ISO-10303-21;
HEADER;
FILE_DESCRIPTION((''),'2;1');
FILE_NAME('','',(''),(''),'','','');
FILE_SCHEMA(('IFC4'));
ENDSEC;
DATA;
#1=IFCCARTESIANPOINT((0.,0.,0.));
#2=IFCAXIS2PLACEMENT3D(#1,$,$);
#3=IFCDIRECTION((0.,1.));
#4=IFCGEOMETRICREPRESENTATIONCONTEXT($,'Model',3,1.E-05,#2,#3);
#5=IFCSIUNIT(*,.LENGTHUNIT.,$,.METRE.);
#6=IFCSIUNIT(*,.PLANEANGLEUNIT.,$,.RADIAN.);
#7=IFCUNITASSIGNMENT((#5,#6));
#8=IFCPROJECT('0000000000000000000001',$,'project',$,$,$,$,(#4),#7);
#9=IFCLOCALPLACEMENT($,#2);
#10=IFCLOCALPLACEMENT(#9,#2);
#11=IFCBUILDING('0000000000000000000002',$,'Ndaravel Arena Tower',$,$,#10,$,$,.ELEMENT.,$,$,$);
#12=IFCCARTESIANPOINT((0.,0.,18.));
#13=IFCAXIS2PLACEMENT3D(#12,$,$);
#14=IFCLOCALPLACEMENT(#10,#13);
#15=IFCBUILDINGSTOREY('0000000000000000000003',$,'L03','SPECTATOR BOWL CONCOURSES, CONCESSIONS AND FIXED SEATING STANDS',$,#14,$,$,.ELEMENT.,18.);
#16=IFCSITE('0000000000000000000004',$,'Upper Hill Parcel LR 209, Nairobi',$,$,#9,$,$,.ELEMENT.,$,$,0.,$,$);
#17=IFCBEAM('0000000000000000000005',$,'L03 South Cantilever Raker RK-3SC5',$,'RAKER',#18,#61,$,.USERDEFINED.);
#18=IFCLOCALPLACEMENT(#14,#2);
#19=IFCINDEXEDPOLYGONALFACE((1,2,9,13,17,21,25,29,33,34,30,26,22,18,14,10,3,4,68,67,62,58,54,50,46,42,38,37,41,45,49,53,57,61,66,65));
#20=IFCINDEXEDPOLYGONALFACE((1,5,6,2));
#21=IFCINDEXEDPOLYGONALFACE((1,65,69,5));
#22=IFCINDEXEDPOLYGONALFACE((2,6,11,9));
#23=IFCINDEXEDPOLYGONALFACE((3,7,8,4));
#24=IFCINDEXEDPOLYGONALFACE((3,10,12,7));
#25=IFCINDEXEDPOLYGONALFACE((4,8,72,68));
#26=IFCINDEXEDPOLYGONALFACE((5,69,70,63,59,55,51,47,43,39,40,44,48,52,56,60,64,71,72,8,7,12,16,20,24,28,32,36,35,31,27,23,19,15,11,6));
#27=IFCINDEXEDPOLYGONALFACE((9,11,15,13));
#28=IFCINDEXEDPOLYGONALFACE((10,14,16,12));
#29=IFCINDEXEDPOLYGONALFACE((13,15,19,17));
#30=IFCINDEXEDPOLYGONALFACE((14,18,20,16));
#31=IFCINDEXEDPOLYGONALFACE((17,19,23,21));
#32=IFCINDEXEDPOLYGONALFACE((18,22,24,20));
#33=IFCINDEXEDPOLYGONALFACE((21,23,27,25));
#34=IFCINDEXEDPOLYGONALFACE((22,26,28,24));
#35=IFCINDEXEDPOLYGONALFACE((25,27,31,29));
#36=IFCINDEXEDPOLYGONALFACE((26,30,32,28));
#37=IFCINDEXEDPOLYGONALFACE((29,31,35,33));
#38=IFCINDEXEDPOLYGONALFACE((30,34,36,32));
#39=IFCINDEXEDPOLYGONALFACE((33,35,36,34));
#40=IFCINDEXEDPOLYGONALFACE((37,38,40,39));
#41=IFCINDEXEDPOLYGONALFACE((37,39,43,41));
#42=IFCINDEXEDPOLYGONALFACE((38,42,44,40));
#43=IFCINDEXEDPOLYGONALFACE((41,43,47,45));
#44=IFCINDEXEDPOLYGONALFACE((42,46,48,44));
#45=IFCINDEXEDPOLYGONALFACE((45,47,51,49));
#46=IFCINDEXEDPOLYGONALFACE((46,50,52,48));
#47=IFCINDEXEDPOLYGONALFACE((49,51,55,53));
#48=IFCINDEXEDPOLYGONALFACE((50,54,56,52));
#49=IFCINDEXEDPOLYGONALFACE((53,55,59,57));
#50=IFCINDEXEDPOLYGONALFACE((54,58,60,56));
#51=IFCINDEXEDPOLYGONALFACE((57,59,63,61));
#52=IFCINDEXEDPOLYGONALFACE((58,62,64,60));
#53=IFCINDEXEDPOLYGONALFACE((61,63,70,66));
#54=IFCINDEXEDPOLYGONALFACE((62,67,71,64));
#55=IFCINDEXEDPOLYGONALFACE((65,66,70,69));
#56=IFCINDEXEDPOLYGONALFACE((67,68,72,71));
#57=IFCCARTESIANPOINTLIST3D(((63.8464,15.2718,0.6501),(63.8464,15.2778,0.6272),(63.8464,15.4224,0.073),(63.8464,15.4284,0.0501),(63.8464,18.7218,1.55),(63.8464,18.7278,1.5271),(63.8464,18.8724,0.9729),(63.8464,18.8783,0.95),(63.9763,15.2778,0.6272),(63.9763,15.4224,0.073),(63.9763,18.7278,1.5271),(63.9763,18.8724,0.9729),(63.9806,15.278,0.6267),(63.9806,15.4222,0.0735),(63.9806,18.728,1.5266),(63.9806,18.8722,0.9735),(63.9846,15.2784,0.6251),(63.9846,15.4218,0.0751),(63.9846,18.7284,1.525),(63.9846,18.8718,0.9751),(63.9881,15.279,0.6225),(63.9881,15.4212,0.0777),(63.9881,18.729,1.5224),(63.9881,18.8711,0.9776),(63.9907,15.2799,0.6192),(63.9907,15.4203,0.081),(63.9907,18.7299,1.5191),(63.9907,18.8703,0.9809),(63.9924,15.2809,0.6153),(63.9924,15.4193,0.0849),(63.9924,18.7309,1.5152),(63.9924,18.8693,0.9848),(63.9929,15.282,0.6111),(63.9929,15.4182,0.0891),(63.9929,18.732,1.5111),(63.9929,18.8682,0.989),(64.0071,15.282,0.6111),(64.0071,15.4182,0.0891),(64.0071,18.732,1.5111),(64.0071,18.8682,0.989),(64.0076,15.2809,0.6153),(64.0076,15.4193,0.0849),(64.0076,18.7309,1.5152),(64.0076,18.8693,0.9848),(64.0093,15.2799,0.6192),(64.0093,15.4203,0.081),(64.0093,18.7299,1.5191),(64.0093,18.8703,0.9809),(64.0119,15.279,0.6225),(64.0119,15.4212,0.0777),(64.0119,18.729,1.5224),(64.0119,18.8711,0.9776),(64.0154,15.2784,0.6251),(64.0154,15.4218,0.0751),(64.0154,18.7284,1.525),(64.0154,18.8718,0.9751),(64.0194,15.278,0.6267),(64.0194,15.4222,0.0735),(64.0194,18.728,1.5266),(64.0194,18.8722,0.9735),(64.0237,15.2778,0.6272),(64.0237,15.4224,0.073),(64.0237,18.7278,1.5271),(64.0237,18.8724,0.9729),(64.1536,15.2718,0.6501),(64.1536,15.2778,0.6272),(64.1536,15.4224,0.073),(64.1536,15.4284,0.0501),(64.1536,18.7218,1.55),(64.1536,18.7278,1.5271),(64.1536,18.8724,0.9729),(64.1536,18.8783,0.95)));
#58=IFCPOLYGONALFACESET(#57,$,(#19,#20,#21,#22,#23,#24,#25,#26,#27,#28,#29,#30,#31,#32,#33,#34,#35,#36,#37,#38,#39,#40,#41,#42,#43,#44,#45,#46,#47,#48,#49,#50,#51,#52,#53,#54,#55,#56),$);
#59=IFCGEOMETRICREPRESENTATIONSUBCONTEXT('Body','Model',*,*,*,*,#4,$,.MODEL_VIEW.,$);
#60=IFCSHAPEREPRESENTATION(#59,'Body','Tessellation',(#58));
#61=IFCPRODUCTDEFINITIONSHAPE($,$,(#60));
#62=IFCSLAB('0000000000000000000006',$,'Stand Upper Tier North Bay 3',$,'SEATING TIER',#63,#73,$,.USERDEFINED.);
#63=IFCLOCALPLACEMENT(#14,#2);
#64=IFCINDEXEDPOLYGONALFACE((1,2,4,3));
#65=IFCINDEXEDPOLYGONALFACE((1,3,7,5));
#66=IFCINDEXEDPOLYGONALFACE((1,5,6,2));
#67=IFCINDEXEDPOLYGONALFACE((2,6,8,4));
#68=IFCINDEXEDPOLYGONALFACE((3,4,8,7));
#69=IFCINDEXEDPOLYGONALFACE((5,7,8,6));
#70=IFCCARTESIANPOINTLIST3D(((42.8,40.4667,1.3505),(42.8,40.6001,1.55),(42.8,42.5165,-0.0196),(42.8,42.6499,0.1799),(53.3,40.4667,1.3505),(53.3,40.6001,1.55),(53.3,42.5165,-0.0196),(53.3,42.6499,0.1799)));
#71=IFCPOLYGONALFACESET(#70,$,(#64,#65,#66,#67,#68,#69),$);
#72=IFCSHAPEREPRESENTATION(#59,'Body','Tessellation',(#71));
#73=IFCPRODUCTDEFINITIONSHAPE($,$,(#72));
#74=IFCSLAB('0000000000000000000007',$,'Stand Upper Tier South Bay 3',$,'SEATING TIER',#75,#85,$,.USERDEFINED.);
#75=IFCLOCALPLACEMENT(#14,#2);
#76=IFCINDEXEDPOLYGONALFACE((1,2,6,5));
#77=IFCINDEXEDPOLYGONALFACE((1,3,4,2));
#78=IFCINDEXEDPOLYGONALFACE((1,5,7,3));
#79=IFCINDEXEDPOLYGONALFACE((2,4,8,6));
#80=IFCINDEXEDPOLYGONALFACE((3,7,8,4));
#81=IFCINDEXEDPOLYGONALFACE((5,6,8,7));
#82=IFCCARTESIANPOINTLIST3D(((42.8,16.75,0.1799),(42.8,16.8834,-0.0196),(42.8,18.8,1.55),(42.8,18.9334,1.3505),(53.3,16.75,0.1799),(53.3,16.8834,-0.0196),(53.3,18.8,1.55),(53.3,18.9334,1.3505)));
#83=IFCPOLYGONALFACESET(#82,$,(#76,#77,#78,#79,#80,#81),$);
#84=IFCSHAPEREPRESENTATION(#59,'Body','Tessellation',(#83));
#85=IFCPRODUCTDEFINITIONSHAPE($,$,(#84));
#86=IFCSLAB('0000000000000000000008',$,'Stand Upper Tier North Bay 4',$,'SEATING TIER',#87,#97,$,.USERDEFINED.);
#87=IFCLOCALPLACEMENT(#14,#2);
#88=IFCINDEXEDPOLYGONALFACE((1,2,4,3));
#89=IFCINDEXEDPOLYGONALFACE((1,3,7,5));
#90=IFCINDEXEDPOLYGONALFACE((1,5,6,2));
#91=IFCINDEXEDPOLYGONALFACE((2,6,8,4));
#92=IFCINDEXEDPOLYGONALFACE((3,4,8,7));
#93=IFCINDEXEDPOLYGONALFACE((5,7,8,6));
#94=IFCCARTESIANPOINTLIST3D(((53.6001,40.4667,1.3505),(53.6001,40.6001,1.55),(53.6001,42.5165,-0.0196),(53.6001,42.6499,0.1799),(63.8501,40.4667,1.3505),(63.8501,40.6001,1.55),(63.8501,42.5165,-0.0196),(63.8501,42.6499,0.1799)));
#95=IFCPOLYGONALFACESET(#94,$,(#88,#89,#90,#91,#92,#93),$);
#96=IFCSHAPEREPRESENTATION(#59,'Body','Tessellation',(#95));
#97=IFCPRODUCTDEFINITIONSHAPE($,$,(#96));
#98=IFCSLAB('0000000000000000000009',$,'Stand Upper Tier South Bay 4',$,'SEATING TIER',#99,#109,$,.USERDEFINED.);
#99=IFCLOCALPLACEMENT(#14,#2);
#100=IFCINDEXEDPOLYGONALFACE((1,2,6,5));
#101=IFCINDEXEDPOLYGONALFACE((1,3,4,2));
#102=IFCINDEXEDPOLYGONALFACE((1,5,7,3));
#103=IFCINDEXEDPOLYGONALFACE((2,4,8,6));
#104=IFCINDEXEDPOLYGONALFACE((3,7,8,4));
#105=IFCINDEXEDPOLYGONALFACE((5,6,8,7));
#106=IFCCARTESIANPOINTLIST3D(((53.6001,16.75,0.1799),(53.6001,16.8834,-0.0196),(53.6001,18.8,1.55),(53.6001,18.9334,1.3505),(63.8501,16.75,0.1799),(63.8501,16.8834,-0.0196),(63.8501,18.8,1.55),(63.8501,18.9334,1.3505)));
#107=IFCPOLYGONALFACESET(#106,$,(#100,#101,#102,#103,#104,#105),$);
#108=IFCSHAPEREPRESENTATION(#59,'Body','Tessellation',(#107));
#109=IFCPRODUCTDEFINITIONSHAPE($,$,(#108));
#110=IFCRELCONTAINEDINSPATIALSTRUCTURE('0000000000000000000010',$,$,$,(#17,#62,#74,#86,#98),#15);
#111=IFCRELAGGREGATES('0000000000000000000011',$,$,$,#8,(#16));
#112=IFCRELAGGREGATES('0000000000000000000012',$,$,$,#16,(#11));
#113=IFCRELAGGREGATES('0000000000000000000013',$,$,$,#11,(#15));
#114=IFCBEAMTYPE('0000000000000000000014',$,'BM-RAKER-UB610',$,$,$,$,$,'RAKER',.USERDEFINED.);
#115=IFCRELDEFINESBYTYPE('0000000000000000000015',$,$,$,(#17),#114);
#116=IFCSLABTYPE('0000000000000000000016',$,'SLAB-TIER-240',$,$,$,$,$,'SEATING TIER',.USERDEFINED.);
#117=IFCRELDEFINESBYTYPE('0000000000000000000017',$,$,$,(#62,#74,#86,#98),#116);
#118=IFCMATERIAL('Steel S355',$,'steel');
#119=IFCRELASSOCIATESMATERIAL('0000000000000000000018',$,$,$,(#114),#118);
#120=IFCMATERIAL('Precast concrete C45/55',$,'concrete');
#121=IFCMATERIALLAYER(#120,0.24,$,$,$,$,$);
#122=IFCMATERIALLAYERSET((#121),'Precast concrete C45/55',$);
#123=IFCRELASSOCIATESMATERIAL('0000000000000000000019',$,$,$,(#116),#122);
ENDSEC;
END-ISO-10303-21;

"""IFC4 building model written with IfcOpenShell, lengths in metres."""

from ifc_helpers import new_model, si_unit, direction, frame, origin, origin_2d, place, context, subcontext, project, spatial, polyline, i_section, outline, extrude, material, layer, layer_set, material_profile, profile_set, type_object, element, save


model = new_model("IFC4")

# Units and contexts
model_context = context("Model", 3, precision=1e-05, world=origin(), true_north=direction((0.0, 1.0)))
body_context = subcontext(model_context, "Body", "Model", "MODEL_VIEW")
ifc_project = project(units=[si_unit("LENGTHUNIT", "METRE"), si_unit("PLANEANGLEUNIT", "RADIAN")], contexts=[model_context])

# Site, building, storey
site_placement = place(None, origin())
site = spatial("IfcSite", under=ifc_project, at=site_placement, Name="Upper Hill Parcel LR 209, Nairobi", CompositionType="ELEMENT", RefElevation=0.0)
building_placement = place(site_placement, origin())
building = spatial("IfcBuilding", under=site, at=building_placement, Name="Ndaravel Arena Tower", CompositionType="ELEMENT")
storey_placement = place(building_placement, frame((0.0, 0.0, 18.0)))
storey = spatial("IfcBuildingStorey", under=building, at=storey_placement, Name="L03", Description="SPECTATOR BOWL CONCOURSES, CONCESSIONS AND FIXED SEATING STANDS", CompositionType="ELEMENT", Elevation=18.0)

# Beam
ifc_material_1 = material(Name="Steel S355", Category="steel")
ifc_material_profile_1 = material_profile(ifc_material_1, i_section(OverallWidth=0.3071, OverallDepth=0.6201, WebThickness=0.0142, FlangeThickness=0.0237, FilletRadius=0.0166, at=origin_2d()), Name="UB 610x305x179")
ifc_profile_set_1 = profile_set([ifc_material_profile_1], Name="Steel S355")
beam_type_1 = type_object("IfcBeamType", Name="BM-RAKER-UB610", ElementType="RAKER", PredefinedType="USERDEFINED", material=ifc_profile_set_1)
beam_1_placement = place(storey_placement, frame((64.0, 15.3501, 0.3501), z_axis=(0.0, 0.967623, 0.2524), x_axis=(-1.0, 0.0, 0.0)))
element("IfcBeam", 1, at=beam_1_placement, inside=storey, type_object=beam_type_1, Name="L03 South Cantilever Raker RK-3SC5", ObjectType="RAKER", PredefinedType="USERDEFINED", context=body_context, shape_type="SweptSolid", body=[
    extrude(i_section(OverallWidth=0.3071, OverallDepth=0.6201, WebThickness=0.0142, FlangeThickness=0.0237, FilletRadius=0.0166, at=origin_2d()), origin(), (0.0, 0.0, 1.0), 3.5654),
])

# Slabs
ifc_material_2 = material(Name="Precast concrete C45/55", Category="concrete")
ifc_layer_1 = layer(ifc_material_2, 0.24)
ifc_layer_set_1 = layer_set([ifc_layer_1], Name="Precast concrete C45/55")
slab_type = type_object("IfcSlabType", Name="SLAB-TIER-240", ElementType="SEATING TIER", PredefinedType="USERDEFINED", material=ifc_layer_set_1)
slab_1_placement = place(storey_placement, frame((42.8, 40.6001, 1.55), z_axis=(0.0, 0.555705, 0.831379), x_axis=(1.0, 0.0, 0.0)))
element("IfcSlab", 2, at=slab_1_placement, inside=storey, type_object=slab_type, Name="Stand Upper Tier North Bay 3", ObjectType="SEATING TIER", PredefinedType="USERDEFINED", context=body_context, shape_type="SweptSolid", body=[
    extrude(outline(polyline([(0.0, 0.0), (10.5, 0.0), (10.5, 2.4655), (0.0, 2.4655), (0.0, 0.0)])), origin(), (0.0, 0.0, -1.0), 0.24),
])
slab_2_placement = place(storey_placement, frame((42.8, 16.75, 0.1799), z_axis=(0.0, -0.555659, 0.83141), x_axis=(1.0, 0.0, 0.0)))
element("IfcSlab", 3, at=slab_2_placement, inside=storey, type_object=slab_type, Name="Stand Upper Tier South Bay 3", ObjectType="SEATING TIER", PredefinedType="USERDEFINED", context=body_context, shape_type="SweptSolid", body=[
    extrude(outline(polyline([(0.0, 0.0), (10.5, 0.0), (10.5, 2.4657), (0.0, 2.4657), (0.0, 0.0)])), origin(), (0.0, 0.0, -1.0), 0.24),
])
slab_3_placement = place(storey_placement, frame((53.6001, 40.6001, 1.55), z_axis=(0.0, 0.555705, 0.831379), x_axis=(1.0, 0.0, 0.0)))
element("IfcSlab", 4, at=slab_3_placement, inside=storey, type_object=slab_type, Name="Stand Upper Tier North Bay 4", ObjectType="SEATING TIER", PredefinedType="USERDEFINED", context=body_context, shape_type="SweptSolid", body=[
    extrude(outline(polyline([(0.0, 0.0), (10.25, 0.0), (10.25, 2.4655), (0.0, 2.4655), (0.0, 0.0)])), origin(), (0.0, 0.0, -1.0), 0.24),
])
slab_4_placement = place(storey_placement, frame((53.6001, 16.75, 0.1799), z_axis=(0.0, -0.555659, 0.83141), x_axis=(1.0, 0.0, 0.0)))
element("IfcSlab", 5, at=slab_4_placement, inside=storey, type_object=slab_type, Name="Stand Upper Tier South Bay 4", ObjectType="SEATING TIER", PredefinedType="USERDEFINED", context=body_context, shape_type="SweptSolid", body=[
    extrude(outline(polyline([(0.0, 0.0), (10.25, 0.0), (10.25, 2.4657), (0.0, 2.4657), (0.0, 0.0)])), origin(), (0.0, 0.0, -1.0), 0.24),
])

save(model, "model.ifc")
